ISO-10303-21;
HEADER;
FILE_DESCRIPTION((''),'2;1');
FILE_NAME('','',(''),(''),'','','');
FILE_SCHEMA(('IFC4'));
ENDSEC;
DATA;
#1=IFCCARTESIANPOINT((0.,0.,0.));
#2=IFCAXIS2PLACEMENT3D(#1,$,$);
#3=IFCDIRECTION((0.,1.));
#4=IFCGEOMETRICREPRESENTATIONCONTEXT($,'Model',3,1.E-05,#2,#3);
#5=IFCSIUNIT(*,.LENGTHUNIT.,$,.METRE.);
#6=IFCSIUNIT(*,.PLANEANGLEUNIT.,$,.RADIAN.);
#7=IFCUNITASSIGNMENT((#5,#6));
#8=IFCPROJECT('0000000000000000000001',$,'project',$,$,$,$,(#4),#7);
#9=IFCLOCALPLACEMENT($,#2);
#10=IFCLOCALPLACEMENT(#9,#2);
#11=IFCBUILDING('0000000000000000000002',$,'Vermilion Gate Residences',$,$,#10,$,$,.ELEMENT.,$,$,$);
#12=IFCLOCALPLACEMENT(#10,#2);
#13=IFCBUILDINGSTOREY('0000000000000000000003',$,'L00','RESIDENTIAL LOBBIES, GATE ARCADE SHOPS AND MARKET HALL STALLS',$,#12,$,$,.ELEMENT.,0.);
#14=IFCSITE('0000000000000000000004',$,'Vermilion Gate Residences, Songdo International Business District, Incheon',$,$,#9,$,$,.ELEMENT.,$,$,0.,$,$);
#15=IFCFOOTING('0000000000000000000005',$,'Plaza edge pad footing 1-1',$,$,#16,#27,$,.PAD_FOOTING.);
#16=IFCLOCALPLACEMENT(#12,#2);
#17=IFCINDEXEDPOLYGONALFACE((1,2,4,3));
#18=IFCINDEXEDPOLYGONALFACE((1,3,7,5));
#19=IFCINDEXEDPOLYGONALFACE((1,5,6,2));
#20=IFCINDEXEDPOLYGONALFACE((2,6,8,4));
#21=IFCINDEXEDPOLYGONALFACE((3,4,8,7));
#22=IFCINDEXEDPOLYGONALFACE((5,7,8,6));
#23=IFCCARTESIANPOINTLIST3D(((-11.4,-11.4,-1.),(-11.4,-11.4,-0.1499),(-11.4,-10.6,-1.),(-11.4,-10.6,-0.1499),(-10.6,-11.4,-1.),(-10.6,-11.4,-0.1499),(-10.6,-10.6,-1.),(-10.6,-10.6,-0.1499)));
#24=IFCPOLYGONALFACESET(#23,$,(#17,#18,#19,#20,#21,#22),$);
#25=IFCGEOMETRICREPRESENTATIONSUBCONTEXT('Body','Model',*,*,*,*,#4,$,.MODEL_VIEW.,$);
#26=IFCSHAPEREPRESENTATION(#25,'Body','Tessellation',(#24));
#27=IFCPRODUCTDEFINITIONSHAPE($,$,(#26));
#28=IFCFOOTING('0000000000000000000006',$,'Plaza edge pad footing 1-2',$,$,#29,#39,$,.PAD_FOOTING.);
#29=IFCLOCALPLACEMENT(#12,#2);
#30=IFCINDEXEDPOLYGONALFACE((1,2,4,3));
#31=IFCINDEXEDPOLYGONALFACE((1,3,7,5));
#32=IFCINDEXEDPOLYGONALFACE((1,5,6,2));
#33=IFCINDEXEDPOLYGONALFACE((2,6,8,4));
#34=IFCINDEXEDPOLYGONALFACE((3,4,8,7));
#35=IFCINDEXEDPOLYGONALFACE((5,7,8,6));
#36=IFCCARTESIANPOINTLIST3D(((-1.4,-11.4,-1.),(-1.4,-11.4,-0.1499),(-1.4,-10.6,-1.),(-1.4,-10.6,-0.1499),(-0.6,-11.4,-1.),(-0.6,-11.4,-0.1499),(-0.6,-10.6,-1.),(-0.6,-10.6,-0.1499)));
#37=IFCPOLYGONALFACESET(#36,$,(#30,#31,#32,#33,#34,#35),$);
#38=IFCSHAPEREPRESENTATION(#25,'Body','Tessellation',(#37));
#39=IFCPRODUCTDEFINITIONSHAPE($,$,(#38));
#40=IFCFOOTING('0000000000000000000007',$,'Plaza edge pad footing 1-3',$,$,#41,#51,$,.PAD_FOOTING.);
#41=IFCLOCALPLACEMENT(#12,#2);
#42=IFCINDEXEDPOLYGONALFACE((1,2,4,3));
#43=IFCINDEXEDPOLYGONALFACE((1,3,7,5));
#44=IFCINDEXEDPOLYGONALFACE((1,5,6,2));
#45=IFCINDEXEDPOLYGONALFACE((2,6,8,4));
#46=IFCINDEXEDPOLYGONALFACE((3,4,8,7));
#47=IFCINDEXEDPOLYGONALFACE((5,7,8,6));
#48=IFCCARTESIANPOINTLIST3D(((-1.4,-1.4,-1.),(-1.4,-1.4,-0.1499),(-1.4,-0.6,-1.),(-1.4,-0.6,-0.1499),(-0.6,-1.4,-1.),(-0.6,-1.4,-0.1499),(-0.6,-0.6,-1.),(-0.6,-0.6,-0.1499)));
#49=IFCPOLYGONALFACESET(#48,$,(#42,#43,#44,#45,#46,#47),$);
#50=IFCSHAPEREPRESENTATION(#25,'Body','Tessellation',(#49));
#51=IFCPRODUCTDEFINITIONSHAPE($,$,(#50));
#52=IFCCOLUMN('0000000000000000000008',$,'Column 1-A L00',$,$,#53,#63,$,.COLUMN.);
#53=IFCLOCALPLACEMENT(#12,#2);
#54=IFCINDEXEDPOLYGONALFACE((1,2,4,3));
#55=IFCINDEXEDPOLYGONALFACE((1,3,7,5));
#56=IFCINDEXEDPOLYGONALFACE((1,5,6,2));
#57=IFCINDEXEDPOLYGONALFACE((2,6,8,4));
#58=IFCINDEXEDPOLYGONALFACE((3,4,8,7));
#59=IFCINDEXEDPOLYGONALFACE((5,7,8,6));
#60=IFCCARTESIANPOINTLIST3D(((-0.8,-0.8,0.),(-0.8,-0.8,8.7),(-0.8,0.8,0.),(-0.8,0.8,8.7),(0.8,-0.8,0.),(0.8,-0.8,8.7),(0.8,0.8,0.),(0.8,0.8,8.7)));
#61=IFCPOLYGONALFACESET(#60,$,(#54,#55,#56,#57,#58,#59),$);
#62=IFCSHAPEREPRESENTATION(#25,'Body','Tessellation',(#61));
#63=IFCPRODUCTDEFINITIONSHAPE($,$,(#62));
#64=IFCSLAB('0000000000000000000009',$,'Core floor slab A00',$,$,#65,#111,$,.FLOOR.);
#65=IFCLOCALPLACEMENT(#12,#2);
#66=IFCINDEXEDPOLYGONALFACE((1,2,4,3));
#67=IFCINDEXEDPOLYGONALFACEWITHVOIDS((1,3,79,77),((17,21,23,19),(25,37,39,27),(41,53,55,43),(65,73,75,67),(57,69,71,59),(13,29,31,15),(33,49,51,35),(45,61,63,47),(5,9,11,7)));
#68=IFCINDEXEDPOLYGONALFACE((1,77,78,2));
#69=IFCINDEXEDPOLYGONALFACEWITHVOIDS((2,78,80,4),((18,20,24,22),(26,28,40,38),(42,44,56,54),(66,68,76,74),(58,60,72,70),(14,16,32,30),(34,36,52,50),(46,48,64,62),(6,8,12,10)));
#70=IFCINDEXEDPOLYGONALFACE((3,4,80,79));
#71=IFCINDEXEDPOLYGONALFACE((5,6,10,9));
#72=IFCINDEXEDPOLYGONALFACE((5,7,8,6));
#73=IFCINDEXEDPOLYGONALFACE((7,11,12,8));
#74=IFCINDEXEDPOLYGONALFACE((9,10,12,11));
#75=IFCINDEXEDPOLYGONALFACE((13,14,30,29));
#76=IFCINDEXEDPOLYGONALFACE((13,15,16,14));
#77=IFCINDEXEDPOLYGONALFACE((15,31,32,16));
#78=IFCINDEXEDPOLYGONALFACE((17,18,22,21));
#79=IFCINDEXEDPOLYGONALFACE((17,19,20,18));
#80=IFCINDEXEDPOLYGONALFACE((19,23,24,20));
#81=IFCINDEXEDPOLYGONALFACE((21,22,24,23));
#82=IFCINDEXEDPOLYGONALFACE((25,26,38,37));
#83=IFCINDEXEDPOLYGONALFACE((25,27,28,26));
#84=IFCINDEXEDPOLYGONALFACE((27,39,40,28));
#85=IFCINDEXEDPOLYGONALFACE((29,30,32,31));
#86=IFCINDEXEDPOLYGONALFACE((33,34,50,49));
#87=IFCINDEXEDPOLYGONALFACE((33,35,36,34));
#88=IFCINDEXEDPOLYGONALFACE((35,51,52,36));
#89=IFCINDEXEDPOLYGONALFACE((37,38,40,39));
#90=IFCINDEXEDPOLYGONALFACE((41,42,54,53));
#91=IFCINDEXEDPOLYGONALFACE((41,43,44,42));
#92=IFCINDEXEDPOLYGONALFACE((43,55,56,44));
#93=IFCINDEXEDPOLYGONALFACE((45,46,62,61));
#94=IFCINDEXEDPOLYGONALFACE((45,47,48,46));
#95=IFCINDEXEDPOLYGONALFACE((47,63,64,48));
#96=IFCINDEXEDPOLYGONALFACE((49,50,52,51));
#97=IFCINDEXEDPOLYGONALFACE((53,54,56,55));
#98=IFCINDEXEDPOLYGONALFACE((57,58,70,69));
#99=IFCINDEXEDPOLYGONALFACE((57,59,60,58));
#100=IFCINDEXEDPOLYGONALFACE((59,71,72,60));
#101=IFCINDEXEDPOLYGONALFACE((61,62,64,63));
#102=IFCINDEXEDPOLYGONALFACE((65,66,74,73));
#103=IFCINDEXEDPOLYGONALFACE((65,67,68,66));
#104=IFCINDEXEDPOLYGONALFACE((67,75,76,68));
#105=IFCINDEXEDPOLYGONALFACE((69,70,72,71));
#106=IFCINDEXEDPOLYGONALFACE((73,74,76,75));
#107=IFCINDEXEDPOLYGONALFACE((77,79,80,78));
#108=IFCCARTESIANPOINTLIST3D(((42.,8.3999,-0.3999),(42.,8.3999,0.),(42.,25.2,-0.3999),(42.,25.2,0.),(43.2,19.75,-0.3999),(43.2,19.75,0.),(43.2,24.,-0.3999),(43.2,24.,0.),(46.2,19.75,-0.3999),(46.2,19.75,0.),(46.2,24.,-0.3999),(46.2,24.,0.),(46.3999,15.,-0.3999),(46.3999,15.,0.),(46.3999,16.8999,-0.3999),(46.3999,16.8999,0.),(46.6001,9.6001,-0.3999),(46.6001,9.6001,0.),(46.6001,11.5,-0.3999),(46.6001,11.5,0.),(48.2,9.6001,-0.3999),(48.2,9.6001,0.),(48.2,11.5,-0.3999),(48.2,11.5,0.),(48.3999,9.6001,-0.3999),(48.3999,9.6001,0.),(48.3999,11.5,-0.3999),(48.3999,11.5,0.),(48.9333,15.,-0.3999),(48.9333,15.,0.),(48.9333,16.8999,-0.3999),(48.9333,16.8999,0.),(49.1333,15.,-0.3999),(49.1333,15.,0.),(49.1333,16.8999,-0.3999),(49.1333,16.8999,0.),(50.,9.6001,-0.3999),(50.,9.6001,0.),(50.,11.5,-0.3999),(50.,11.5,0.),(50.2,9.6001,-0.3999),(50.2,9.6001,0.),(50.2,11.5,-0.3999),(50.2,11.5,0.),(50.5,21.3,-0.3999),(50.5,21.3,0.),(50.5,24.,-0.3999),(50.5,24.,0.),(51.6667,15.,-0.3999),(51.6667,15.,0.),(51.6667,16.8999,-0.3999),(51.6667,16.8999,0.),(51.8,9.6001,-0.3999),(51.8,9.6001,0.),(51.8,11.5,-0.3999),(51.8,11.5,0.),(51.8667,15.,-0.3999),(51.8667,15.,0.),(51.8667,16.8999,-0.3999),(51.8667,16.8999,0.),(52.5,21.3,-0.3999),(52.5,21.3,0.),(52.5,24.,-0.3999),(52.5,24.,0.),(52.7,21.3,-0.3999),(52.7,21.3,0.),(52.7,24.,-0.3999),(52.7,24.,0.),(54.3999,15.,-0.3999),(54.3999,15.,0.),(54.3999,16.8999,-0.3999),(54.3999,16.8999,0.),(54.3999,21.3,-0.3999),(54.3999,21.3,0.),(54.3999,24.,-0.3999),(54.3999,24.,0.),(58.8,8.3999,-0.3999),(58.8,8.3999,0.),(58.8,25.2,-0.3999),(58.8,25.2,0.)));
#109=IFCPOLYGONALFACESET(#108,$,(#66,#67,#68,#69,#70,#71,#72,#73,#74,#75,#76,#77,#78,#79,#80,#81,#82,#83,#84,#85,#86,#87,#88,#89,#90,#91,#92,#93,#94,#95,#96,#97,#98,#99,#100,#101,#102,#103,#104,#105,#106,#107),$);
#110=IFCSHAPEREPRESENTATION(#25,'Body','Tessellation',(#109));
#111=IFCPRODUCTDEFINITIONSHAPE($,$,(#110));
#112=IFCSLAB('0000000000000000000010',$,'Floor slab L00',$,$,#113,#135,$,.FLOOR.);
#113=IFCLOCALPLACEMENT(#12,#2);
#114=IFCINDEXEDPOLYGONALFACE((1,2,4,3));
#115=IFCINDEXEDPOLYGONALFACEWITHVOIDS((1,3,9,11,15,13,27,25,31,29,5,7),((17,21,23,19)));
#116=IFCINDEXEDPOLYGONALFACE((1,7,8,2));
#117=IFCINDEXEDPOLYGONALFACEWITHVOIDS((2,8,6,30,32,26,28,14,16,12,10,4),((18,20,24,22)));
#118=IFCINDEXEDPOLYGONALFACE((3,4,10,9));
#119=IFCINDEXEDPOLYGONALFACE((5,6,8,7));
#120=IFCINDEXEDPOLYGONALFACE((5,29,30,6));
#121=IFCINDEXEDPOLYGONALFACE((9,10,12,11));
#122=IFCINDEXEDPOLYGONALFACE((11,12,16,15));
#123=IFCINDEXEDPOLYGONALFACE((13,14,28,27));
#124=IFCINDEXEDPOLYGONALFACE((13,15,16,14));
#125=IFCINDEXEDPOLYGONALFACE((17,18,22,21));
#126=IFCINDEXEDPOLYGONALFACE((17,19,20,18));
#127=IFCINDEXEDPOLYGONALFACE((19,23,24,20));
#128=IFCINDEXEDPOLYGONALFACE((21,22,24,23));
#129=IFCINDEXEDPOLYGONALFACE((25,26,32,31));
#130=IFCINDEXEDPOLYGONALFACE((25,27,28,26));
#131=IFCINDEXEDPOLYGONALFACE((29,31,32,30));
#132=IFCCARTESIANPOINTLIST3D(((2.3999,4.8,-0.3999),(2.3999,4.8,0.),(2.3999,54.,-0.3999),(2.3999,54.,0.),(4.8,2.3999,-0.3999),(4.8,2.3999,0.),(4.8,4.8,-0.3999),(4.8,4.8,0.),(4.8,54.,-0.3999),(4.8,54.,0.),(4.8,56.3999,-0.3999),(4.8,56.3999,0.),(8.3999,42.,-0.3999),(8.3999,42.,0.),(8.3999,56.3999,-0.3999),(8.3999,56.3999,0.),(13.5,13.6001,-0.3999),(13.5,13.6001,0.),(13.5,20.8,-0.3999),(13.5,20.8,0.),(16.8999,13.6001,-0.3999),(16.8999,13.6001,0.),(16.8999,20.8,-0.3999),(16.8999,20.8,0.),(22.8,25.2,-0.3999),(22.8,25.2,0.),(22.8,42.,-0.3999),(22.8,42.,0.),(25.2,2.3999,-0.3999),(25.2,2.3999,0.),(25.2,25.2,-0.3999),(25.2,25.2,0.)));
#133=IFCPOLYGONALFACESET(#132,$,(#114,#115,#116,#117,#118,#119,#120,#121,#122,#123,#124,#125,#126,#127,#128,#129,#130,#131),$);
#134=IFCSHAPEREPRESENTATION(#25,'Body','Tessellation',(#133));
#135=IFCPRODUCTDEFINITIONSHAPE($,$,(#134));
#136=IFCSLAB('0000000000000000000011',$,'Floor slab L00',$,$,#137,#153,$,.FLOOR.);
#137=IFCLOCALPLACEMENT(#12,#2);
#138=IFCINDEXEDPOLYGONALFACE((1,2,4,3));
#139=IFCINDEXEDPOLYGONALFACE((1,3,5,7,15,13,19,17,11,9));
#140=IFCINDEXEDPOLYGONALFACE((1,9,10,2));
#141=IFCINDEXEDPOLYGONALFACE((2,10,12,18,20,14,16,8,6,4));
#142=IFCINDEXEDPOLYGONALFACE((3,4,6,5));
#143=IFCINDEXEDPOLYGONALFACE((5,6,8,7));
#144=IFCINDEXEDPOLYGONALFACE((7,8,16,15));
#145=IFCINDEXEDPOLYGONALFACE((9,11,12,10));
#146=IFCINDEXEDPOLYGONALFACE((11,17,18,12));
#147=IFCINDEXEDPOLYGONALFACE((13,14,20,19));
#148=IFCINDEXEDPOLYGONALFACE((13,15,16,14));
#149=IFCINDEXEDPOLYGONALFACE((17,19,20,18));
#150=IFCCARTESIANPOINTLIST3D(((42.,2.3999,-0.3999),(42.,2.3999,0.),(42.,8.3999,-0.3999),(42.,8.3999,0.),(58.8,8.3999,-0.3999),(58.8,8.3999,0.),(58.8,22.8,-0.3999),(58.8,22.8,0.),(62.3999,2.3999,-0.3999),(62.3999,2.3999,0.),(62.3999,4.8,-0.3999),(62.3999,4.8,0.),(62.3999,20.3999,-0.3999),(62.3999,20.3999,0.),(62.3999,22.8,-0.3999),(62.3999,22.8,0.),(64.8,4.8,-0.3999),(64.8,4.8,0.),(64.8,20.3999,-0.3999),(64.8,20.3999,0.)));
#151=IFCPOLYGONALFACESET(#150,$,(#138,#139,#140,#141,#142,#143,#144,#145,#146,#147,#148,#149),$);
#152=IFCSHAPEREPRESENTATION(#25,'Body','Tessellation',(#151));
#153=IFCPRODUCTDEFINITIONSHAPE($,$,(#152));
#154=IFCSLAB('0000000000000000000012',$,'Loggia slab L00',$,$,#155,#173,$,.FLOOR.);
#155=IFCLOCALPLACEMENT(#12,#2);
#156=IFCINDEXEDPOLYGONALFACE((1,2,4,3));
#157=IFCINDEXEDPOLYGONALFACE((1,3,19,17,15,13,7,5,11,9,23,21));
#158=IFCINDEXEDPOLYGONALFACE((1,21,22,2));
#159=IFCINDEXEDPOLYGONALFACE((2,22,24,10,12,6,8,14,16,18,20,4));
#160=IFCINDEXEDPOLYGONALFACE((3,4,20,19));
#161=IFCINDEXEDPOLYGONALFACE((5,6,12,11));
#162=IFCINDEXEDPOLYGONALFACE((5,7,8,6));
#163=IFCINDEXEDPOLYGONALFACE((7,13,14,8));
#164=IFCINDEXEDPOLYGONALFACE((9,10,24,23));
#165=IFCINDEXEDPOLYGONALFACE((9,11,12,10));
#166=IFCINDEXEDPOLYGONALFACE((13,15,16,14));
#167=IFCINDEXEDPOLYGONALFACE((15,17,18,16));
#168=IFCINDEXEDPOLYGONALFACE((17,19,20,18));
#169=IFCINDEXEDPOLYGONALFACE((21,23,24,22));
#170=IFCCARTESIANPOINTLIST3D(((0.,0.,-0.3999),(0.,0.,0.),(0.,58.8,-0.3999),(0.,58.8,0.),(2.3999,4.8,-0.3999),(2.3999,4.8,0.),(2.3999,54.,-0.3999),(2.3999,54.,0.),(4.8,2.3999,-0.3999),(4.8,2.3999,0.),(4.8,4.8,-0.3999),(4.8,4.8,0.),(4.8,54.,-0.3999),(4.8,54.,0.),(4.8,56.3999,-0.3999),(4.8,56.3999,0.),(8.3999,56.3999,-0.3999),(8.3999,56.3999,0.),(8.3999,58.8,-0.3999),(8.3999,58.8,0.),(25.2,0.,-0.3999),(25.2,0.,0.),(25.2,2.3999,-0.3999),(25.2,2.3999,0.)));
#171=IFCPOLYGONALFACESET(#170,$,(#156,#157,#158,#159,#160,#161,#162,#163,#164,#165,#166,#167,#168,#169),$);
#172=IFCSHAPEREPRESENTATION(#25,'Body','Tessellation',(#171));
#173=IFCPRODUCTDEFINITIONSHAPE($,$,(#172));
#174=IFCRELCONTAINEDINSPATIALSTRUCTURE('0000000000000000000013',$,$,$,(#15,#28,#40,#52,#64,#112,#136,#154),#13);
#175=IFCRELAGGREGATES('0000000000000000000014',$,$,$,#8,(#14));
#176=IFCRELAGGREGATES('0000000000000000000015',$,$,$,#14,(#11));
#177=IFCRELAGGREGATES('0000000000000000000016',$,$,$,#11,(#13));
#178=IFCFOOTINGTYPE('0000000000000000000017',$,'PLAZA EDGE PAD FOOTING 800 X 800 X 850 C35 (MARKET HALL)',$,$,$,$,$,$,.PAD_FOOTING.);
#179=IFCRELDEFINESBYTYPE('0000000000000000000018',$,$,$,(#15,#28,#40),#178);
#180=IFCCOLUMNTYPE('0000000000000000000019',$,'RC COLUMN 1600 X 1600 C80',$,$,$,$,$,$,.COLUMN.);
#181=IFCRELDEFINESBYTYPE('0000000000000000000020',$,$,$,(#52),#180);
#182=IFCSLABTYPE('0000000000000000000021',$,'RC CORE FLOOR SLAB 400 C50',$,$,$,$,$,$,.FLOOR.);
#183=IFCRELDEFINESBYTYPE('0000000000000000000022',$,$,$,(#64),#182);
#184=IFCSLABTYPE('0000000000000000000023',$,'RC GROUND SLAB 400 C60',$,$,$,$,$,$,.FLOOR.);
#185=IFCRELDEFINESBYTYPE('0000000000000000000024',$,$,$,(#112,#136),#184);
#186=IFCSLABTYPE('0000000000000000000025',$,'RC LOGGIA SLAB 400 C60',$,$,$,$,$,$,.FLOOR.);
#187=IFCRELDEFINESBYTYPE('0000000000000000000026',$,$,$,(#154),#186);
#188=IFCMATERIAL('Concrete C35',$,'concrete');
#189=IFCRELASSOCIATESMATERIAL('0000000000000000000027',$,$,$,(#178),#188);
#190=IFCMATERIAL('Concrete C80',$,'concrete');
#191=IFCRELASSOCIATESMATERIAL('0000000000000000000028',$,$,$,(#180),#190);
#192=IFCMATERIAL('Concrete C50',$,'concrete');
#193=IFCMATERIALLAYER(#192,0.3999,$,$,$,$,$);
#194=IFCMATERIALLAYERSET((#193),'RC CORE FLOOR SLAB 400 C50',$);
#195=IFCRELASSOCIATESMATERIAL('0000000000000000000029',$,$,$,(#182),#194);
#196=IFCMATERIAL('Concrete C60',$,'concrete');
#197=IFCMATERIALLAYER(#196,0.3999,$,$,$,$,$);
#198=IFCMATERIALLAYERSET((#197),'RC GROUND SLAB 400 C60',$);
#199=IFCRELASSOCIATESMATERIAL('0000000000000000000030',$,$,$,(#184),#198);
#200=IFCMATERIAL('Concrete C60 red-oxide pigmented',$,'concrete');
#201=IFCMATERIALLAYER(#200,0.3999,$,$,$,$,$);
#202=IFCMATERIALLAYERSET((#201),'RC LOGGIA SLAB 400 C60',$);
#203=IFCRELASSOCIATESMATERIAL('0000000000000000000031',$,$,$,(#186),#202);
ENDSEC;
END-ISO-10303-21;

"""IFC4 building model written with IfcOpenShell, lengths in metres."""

from ifc_helpers import new_model, si_unit, direction, frame, origin, origin_with_axes, origin_2d, place, context, subcontext, project, spatial, polyline, rectangle, outline, extrude, material, layer, layer_set, material_profile, profile_set, type_object, element, save


model = new_model("IFC4")

# Units and contexts
model_context = context("Model", 3, precision=1e-05, world=origin(), true_north=direction((0.0, 1.0)))
body_context = subcontext(model_context, "Body", "Model", "MODEL_VIEW")
ifc_project = project(units=[si_unit("LENGTHUNIT", "METRE"), si_unit("PLANEANGLEUNIT", "RADIAN")], contexts=[model_context])

# Site, building, storey
site_placement = place(None, origin())
site = spatial("IfcSite", under=ifc_project, at=site_placement, Name="Vermilion Gate Residences, Songdo International Business District, Incheon", CompositionType="ELEMENT", RefElevation=0.0)
building_placement = place(site_placement, origin())
building = spatial("IfcBuilding", under=site, at=building_placement, Name="Vermilion Gate Residences", CompositionType="ELEMENT")
storey_placement = place(building_placement, origin())
storey = spatial("IfcBuildingStorey", under=building, at=storey_placement, Name="L00", Description="RESIDENTIAL LOBBIES, GATE ARCADE SHOPS AND MARKET HALL STALLS", CompositionType="ELEMENT", Elevation=0.0)

# Footings
ifc_material_1 = material(Name="Concrete C35", Category="concrete")
footing_type = type_object("IfcFootingType", Name="PLAZA EDGE PAD FOOTING 800 X 800 X 850 C35 (MARKET HALL)", PredefinedType="PAD_FOOTING", material=ifc_material_1)
for number, where, z_axis, x_axis, name in (
    (1, (-11.0, -11.0, -1.0), (0.0, 0.0, 1.0), (1.0, 0.0, 0.0), "Plaza edge pad footing 1-1"),
    (2, (-1.0, -11.0, -1.0), (0.0, 0.0, 1.0), (1.0, 0.0, 0.0), "Plaza edge pad footing 1-2"),
    (3, (-1.0, -1.0, -1.0), (0.0, 0.0, 1.0), (1.0, 0.0, 0.0), "Plaza edge pad footing 1-3"),
):
    element("IfcFooting", number, at=place(storey_placement, frame(where, z_axis=z_axis, x_axis=x_axis)), inside=storey, type_object=footing_type, Name=name, PredefinedType="PAD_FOOTING", context=body_context, shape_type="SweptSolid", body=[
        extrude(rectangle(XDim=0.8, YDim=0.8, at=origin_2d()), origin(), (0.0, 0.0, 1.0), 0.8501),
    ])

# Column
ifc_material_2 = material(Name="Concrete C80", Category="concrete")
ifc_material_profile = material_profile(ifc_material_2, rectangle(XDim=1.6001, YDim=1.6001, at=origin_2d()), Name="RC-1600x1600")
ifc_profile_set = profile_set([ifc_material_profile], Name="Concrete C80")
column_type = type_object("IfcColumnType", Name="RC COLUMN 1600 X 1600 C80", PredefinedType="COLUMN", material=ifc_profile_set)
column_placement = place(storey_placement, origin_with_axes())
element("IfcColumn", 4, at=column_placement, inside=storey, type_object=column_type, Name="Column 1-A L00", PredefinedType="COLUMN", context=body_context, shape_type="SweptSolid", body=[
    extrude(rectangle(XDim=1.6001, YDim=1.6001, at=origin_2d()), origin(), (0.0, 0.0, 1.0), 8.7),
])

# Slabs
ifc_material_3 = material(Name="Concrete C50", Category="concrete")
ifc_layer_1 = layer(ifc_material_3, 0.3999)
ifc_layer_set_1 = layer_set([ifc_layer_1], Name="RC CORE FLOOR SLAB 400 C50")
slab_type_1 = type_object("IfcSlabType", Name="RC CORE FLOOR SLAB 400 C50", PredefinedType="FLOOR", material=ifc_layer_set_1)
slab_1_placement = place(storey_placement, frame((0.0, 0.0, -0.3999)))
element("IfcSlab", 5, at=slab_1_placement, inside=storey, type_object=slab_type_1, Name="Core floor slab A00", PredefinedType="FLOOR", context=body_context, shape_type="SweptSolid", body=[
    extrude(outline(polyline([(42.0, 8.3999), (58.8, 8.3999), (58.8, 25.2), (42.0, 25.2), (42.0, 8.3999)]), holes=[polyline([(46.6001, 11.5), (48.2, 11.5), (48.2, 9.6001), (46.6001, 9.6001), (46.6001, 11.5)]), polyline([(48.3999, 11.5), (50.0, 11.5), (50.0, 9.6001), (48.3999, 9.6001), (48.3999, 11.5)]), polyline([(50.2, 11.5), (51.8, 11.5), (51.8, 9.6001), (50.2, 9.6001), (50.2, 11.5)]), polyline([(46.3999, 16.8999), (48.9333, 16.8999), (48.9333, 15.0), (46.3999, 15.0), (46.3999, 16.8999)]), polyline([(49.1333, 16.8999), (51.6667, 16.8999), (51.6667, 15.0), (49.1333, 15.0), (49.1333, 16.8999)]), polyline([(51.8667, 16.8999), (54.3999, 16.8999), (54.3999, 15.0), (51.8667, 15.0), (51.8667, 16.8999)]), polyline([(43.2, 24.0), (46.2, 24.0), (46.2, 19.75), (43.2, 19.75), (43.2, 24.0)]), polyline([(52.5, 24.0), (52.5, 21.3), (50.5, 21.3), (50.5, 24.0), (52.5, 24.0)]), polyline([(54.3999, 24.0), (54.3999, 21.3), (52.7, 21.3), (52.7, 24.0), (54.3999, 24.0)])]), origin(), (0.0, 0.0, 1.0), 0.3999),
])
ifc_material_4 = material(Name="Concrete C60", Category="concrete")
ifc_layer_2 = layer(ifc_material_4, 0.3999)
ifc_layer_set_2 = layer_set([ifc_layer_2], Name="RC GROUND SLAB 400 C60")
slab_type_2 = type_object("IfcSlabType", Name="RC GROUND SLAB 400 C60", PredefinedType="FLOOR", material=ifc_layer_set_2)
slab_2_placement = place(storey_placement, frame((0.0, 0.0, -0.3999)))
element("IfcSlab", 6, at=slab_2_placement, inside=storey, type_object=slab_type_2, Name="Floor slab L00", PredefinedType="FLOOR", context=body_context, shape_type="SweptSolid", body=[
    extrude(outline(polyline([(22.8, 25.2), (22.8, 42.0), (8.3999, 42.0), (8.3999, 56.3999), (4.8, 56.3999), (4.8, 54.0), (2.3999, 54.0), (2.3999, 4.8), (4.8, 4.8), (4.8, 2.3999), (25.2, 2.3999), (25.2, 25.2), (22.8, 25.2)]), holes=[polyline([(16.8999, 13.6001), (13.5, 13.6001), (13.5, 20.8), (16.8999, 20.8), (16.8999, 13.6001)])]), origin(), (0.0, 0.0, 1.0), 0.3999),
])
slab_3_placement = place(storey_placement, frame((0.0, 0.0, -0.3999)))
element("IfcSlab", 7, at=slab_3_placement, inside=storey, type_object=slab_type_2, Name="Floor slab L00", PredefinedType="FLOOR", context=body_context, shape_type="SweptSolid", body=[
    extrude(outline(polyline([(58.8, 22.8), (58.8, 8.3999), (42.0, 8.3999), (42.0, 2.3999), (62.3999, 2.3999), (62.3999, 4.8), (64.8, 4.8), (64.8, 20.3999), (62.3999, 20.3999), (62.3999, 22.8), (58.8, 22.8)])), origin(), (0.0, 0.0, 1.0), 0.3999),
])
ifc_material_5 = material(Name="Concrete C60 red-oxide pigmented", Category="concrete")
ifc_layer_3 = layer(ifc_material_5, 0.3999)
ifc_layer_set_3 = layer_set([ifc_layer_3], Name="RC LOGGIA SLAB 400 C60")
slab_type_3 = type_object("IfcSlabType", Name="RC LOGGIA SLAB 400 C60", PredefinedType="FLOOR", material=ifc_layer_set_3)
slab_4_placement = place(storey_placement, frame((0.0, 0.0, -0.3999)))
element("IfcSlab", 8, at=slab_4_placement, inside=storey, type_object=slab_type_3, Name="Loggia slab L00", PredefinedType="FLOOR", context=body_context, shape_type="SweptSolid", body=[
    extrude(outline(polyline([(0.0, 0.0), (25.2, 0.0), (25.2, 2.3999), (4.8, 2.3999), (4.8, 4.8), (2.3999, 4.8), (2.3999, 54.0), (4.8, 54.0), (4.8, 56.3999), (8.3999, 56.3999), (8.3999, 58.8), (0.0, 58.8), (0.0, 0.0)])), origin(), (0.0, 0.0, 1.0), 0.3999),
])

save(model, "model.ifc")
